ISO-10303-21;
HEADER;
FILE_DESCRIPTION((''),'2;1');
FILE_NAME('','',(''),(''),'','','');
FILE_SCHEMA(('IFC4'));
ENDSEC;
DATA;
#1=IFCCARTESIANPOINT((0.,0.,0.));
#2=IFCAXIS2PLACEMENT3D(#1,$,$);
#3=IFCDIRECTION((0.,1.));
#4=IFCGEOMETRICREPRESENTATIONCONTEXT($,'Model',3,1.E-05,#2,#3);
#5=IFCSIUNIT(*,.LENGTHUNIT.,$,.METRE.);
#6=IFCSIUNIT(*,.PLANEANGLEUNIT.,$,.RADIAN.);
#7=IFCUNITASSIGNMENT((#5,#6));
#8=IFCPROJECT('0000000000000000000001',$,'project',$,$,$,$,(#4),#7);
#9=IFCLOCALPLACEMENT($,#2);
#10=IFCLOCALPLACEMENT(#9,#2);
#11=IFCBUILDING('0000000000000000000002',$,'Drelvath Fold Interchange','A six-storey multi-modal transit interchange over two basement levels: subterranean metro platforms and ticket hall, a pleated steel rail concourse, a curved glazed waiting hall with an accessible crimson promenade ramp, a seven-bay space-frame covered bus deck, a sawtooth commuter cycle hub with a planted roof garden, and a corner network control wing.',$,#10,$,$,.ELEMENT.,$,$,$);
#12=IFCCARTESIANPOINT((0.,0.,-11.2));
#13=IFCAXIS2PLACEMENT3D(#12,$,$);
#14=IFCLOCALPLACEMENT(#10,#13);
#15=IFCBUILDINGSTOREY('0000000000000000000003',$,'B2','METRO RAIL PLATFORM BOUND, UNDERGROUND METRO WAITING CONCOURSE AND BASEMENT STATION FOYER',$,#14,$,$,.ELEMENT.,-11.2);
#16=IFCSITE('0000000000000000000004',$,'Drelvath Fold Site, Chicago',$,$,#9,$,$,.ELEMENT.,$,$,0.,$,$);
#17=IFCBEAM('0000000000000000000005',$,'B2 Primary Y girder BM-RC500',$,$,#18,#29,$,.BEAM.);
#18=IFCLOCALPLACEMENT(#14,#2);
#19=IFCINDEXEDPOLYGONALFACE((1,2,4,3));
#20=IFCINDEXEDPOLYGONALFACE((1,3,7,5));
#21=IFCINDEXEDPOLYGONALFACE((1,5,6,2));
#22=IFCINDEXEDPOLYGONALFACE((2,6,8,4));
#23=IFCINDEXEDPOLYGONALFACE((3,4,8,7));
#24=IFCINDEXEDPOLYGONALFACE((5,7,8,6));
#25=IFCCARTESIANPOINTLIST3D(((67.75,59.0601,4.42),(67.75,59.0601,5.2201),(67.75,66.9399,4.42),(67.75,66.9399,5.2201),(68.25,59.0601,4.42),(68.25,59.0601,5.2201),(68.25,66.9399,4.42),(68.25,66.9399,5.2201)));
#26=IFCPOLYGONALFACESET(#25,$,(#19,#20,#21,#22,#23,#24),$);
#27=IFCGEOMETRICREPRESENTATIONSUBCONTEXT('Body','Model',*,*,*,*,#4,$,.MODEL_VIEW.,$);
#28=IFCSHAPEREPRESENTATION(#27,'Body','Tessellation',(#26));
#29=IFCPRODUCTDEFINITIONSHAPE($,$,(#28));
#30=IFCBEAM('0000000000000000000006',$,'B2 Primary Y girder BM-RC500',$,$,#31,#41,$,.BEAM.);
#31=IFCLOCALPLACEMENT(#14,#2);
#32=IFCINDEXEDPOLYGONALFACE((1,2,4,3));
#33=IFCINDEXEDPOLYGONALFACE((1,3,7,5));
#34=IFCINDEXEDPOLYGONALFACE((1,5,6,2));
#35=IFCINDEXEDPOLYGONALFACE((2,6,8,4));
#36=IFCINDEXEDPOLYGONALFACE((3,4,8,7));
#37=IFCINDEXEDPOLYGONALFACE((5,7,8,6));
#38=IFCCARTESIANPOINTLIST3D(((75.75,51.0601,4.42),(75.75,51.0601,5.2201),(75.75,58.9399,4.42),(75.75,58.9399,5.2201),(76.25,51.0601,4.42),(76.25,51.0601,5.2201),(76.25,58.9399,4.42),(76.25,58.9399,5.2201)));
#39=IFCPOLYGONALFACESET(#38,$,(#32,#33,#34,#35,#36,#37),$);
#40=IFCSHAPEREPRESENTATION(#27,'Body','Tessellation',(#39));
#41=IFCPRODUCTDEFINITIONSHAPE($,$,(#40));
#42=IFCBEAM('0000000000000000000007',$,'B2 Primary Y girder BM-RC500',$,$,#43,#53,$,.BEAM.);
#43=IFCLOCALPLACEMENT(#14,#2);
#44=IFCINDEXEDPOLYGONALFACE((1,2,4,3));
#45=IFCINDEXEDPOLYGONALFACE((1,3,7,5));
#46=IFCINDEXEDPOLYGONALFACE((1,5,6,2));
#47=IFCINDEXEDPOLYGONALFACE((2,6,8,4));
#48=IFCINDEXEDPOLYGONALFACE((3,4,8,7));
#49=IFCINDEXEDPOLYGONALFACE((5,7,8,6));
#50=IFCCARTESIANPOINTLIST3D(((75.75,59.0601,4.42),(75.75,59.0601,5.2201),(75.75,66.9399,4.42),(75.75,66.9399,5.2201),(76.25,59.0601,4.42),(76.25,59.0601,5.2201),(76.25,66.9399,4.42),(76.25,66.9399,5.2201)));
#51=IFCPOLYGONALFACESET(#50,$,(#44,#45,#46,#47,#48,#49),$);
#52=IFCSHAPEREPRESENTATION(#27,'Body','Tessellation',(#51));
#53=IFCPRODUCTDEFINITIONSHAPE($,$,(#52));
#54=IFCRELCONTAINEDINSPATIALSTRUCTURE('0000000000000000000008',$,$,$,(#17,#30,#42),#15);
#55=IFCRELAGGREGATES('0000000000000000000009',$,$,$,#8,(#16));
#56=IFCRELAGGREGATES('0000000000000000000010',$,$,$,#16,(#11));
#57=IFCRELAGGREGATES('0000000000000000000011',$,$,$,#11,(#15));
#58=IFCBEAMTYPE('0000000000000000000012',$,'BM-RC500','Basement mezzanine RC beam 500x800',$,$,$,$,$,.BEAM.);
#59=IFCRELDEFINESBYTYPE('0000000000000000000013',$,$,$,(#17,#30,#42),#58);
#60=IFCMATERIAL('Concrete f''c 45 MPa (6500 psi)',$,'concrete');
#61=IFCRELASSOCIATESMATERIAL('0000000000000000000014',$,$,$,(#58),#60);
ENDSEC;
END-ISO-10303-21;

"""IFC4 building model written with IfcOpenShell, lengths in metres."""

from ifc_helpers import new_model, si_unit, direction, frame, origin, origin_2d, place, context, subcontext, project, spatial, rectangle, extrude, material, material_profile, profile_set, type_object, element, save


model = new_model("IFC4")

# Units and contexts
model_context = context("Model", 3, precision=1e-05, world=origin(), true_north=direction((0.0, 1.0)))
body_context = subcontext(model_context, "Body", "Model", "MODEL_VIEW")
ifc_project = project(units=[si_unit("LENGTHUNIT", "METRE"), si_unit("PLANEANGLEUNIT", "RADIAN")], contexts=[model_context])

# Site, building, storey
site_placement = place(None, origin())
site = spatial("IfcSite", under=ifc_project, at=site_placement, Name="Drelvath Fold Site, Chicago", CompositionType="ELEMENT", RefElevation=0.0)
building_placement = place(site_placement, origin())
building = spatial("IfcBuilding", under=site, at=building_placement, Name="Drelvath Fold Interchange", Description="A six-storey multi-modal transit interchange over two basement levels: subterranean metro platforms and ticket hall, a pleated steel rail concourse, a curved glazed waiting hall with an accessible crimson promenade ramp, a seven-bay space-frame covered bus deck, a sawtooth commuter cycle hub with a planted roof garden, and a corner network control wing.", CompositionType="ELEMENT")
storey_placement = place(building_placement, frame((0.0, 0.0, -11.2)))
storey = spatial("IfcBuildingStorey", under=building, at=storey_placement, Name="B2", Description="METRO RAIL PLATFORM BOUND, UNDERGROUND METRO WAITING CONCOURSE AND BASEMENT STATION FOYER", CompositionType="ELEMENT", Elevation=-11.2)

# Beams
ifc_material_1 = material(Name="Concrete f'c 45 MPa (6500 psi)", Category="concrete")
ifc_material_profile_1 = material_profile(ifc_material_1, rectangle(XDim=0.5, YDim=0.8, at=origin_2d()), Name="RC 500x800")
ifc_profile_set_1 = profile_set([ifc_material_profile_1], Name="Concrete f'c 45 MPa (6500 psi)")
beam_type_1 = type_object("IfcBeamType", Name="BM-RC500", Description="Basement mezzanine RC beam 500x800", PredefinedType="BEAM", material=ifc_profile_set_1)
for number, where, z_axis, x_axis, name in (
    (1, (68.0, 59.0601, 4.8201), (0.0, 1.0, 0.0), (-1.0, 0.0, 0.0), "B2 Primary Y girder BM-RC500"),
    (2, (76.0, 51.0601, 4.8201), (0.0, 1.0, 0.0), (-1.0, 0.0, 0.0), "B2 Primary Y girder BM-RC500"),
    (3, (76.0, 59.0601, 4.8201), (0.0, 1.0, 0.0), (-1.0, 0.0, 0.0), "B2 Primary Y girder BM-RC500"),
):
    element("IfcBeam", number, at=place(storey_placement, frame(where, z_axis=z_axis, x_axis=x_axis)), inside=storey, type_object=beam_type_1, Name=name, PredefinedType="BEAM", context=body_context, shape_type="SweptSolid", body=[
        extrude(rectangle(XDim=0.5, YDim=0.8, at=origin_2d()), origin(), (0.0, 0.0, 1.0), 7.8799),
    ])

save(model, "model.ifc")
